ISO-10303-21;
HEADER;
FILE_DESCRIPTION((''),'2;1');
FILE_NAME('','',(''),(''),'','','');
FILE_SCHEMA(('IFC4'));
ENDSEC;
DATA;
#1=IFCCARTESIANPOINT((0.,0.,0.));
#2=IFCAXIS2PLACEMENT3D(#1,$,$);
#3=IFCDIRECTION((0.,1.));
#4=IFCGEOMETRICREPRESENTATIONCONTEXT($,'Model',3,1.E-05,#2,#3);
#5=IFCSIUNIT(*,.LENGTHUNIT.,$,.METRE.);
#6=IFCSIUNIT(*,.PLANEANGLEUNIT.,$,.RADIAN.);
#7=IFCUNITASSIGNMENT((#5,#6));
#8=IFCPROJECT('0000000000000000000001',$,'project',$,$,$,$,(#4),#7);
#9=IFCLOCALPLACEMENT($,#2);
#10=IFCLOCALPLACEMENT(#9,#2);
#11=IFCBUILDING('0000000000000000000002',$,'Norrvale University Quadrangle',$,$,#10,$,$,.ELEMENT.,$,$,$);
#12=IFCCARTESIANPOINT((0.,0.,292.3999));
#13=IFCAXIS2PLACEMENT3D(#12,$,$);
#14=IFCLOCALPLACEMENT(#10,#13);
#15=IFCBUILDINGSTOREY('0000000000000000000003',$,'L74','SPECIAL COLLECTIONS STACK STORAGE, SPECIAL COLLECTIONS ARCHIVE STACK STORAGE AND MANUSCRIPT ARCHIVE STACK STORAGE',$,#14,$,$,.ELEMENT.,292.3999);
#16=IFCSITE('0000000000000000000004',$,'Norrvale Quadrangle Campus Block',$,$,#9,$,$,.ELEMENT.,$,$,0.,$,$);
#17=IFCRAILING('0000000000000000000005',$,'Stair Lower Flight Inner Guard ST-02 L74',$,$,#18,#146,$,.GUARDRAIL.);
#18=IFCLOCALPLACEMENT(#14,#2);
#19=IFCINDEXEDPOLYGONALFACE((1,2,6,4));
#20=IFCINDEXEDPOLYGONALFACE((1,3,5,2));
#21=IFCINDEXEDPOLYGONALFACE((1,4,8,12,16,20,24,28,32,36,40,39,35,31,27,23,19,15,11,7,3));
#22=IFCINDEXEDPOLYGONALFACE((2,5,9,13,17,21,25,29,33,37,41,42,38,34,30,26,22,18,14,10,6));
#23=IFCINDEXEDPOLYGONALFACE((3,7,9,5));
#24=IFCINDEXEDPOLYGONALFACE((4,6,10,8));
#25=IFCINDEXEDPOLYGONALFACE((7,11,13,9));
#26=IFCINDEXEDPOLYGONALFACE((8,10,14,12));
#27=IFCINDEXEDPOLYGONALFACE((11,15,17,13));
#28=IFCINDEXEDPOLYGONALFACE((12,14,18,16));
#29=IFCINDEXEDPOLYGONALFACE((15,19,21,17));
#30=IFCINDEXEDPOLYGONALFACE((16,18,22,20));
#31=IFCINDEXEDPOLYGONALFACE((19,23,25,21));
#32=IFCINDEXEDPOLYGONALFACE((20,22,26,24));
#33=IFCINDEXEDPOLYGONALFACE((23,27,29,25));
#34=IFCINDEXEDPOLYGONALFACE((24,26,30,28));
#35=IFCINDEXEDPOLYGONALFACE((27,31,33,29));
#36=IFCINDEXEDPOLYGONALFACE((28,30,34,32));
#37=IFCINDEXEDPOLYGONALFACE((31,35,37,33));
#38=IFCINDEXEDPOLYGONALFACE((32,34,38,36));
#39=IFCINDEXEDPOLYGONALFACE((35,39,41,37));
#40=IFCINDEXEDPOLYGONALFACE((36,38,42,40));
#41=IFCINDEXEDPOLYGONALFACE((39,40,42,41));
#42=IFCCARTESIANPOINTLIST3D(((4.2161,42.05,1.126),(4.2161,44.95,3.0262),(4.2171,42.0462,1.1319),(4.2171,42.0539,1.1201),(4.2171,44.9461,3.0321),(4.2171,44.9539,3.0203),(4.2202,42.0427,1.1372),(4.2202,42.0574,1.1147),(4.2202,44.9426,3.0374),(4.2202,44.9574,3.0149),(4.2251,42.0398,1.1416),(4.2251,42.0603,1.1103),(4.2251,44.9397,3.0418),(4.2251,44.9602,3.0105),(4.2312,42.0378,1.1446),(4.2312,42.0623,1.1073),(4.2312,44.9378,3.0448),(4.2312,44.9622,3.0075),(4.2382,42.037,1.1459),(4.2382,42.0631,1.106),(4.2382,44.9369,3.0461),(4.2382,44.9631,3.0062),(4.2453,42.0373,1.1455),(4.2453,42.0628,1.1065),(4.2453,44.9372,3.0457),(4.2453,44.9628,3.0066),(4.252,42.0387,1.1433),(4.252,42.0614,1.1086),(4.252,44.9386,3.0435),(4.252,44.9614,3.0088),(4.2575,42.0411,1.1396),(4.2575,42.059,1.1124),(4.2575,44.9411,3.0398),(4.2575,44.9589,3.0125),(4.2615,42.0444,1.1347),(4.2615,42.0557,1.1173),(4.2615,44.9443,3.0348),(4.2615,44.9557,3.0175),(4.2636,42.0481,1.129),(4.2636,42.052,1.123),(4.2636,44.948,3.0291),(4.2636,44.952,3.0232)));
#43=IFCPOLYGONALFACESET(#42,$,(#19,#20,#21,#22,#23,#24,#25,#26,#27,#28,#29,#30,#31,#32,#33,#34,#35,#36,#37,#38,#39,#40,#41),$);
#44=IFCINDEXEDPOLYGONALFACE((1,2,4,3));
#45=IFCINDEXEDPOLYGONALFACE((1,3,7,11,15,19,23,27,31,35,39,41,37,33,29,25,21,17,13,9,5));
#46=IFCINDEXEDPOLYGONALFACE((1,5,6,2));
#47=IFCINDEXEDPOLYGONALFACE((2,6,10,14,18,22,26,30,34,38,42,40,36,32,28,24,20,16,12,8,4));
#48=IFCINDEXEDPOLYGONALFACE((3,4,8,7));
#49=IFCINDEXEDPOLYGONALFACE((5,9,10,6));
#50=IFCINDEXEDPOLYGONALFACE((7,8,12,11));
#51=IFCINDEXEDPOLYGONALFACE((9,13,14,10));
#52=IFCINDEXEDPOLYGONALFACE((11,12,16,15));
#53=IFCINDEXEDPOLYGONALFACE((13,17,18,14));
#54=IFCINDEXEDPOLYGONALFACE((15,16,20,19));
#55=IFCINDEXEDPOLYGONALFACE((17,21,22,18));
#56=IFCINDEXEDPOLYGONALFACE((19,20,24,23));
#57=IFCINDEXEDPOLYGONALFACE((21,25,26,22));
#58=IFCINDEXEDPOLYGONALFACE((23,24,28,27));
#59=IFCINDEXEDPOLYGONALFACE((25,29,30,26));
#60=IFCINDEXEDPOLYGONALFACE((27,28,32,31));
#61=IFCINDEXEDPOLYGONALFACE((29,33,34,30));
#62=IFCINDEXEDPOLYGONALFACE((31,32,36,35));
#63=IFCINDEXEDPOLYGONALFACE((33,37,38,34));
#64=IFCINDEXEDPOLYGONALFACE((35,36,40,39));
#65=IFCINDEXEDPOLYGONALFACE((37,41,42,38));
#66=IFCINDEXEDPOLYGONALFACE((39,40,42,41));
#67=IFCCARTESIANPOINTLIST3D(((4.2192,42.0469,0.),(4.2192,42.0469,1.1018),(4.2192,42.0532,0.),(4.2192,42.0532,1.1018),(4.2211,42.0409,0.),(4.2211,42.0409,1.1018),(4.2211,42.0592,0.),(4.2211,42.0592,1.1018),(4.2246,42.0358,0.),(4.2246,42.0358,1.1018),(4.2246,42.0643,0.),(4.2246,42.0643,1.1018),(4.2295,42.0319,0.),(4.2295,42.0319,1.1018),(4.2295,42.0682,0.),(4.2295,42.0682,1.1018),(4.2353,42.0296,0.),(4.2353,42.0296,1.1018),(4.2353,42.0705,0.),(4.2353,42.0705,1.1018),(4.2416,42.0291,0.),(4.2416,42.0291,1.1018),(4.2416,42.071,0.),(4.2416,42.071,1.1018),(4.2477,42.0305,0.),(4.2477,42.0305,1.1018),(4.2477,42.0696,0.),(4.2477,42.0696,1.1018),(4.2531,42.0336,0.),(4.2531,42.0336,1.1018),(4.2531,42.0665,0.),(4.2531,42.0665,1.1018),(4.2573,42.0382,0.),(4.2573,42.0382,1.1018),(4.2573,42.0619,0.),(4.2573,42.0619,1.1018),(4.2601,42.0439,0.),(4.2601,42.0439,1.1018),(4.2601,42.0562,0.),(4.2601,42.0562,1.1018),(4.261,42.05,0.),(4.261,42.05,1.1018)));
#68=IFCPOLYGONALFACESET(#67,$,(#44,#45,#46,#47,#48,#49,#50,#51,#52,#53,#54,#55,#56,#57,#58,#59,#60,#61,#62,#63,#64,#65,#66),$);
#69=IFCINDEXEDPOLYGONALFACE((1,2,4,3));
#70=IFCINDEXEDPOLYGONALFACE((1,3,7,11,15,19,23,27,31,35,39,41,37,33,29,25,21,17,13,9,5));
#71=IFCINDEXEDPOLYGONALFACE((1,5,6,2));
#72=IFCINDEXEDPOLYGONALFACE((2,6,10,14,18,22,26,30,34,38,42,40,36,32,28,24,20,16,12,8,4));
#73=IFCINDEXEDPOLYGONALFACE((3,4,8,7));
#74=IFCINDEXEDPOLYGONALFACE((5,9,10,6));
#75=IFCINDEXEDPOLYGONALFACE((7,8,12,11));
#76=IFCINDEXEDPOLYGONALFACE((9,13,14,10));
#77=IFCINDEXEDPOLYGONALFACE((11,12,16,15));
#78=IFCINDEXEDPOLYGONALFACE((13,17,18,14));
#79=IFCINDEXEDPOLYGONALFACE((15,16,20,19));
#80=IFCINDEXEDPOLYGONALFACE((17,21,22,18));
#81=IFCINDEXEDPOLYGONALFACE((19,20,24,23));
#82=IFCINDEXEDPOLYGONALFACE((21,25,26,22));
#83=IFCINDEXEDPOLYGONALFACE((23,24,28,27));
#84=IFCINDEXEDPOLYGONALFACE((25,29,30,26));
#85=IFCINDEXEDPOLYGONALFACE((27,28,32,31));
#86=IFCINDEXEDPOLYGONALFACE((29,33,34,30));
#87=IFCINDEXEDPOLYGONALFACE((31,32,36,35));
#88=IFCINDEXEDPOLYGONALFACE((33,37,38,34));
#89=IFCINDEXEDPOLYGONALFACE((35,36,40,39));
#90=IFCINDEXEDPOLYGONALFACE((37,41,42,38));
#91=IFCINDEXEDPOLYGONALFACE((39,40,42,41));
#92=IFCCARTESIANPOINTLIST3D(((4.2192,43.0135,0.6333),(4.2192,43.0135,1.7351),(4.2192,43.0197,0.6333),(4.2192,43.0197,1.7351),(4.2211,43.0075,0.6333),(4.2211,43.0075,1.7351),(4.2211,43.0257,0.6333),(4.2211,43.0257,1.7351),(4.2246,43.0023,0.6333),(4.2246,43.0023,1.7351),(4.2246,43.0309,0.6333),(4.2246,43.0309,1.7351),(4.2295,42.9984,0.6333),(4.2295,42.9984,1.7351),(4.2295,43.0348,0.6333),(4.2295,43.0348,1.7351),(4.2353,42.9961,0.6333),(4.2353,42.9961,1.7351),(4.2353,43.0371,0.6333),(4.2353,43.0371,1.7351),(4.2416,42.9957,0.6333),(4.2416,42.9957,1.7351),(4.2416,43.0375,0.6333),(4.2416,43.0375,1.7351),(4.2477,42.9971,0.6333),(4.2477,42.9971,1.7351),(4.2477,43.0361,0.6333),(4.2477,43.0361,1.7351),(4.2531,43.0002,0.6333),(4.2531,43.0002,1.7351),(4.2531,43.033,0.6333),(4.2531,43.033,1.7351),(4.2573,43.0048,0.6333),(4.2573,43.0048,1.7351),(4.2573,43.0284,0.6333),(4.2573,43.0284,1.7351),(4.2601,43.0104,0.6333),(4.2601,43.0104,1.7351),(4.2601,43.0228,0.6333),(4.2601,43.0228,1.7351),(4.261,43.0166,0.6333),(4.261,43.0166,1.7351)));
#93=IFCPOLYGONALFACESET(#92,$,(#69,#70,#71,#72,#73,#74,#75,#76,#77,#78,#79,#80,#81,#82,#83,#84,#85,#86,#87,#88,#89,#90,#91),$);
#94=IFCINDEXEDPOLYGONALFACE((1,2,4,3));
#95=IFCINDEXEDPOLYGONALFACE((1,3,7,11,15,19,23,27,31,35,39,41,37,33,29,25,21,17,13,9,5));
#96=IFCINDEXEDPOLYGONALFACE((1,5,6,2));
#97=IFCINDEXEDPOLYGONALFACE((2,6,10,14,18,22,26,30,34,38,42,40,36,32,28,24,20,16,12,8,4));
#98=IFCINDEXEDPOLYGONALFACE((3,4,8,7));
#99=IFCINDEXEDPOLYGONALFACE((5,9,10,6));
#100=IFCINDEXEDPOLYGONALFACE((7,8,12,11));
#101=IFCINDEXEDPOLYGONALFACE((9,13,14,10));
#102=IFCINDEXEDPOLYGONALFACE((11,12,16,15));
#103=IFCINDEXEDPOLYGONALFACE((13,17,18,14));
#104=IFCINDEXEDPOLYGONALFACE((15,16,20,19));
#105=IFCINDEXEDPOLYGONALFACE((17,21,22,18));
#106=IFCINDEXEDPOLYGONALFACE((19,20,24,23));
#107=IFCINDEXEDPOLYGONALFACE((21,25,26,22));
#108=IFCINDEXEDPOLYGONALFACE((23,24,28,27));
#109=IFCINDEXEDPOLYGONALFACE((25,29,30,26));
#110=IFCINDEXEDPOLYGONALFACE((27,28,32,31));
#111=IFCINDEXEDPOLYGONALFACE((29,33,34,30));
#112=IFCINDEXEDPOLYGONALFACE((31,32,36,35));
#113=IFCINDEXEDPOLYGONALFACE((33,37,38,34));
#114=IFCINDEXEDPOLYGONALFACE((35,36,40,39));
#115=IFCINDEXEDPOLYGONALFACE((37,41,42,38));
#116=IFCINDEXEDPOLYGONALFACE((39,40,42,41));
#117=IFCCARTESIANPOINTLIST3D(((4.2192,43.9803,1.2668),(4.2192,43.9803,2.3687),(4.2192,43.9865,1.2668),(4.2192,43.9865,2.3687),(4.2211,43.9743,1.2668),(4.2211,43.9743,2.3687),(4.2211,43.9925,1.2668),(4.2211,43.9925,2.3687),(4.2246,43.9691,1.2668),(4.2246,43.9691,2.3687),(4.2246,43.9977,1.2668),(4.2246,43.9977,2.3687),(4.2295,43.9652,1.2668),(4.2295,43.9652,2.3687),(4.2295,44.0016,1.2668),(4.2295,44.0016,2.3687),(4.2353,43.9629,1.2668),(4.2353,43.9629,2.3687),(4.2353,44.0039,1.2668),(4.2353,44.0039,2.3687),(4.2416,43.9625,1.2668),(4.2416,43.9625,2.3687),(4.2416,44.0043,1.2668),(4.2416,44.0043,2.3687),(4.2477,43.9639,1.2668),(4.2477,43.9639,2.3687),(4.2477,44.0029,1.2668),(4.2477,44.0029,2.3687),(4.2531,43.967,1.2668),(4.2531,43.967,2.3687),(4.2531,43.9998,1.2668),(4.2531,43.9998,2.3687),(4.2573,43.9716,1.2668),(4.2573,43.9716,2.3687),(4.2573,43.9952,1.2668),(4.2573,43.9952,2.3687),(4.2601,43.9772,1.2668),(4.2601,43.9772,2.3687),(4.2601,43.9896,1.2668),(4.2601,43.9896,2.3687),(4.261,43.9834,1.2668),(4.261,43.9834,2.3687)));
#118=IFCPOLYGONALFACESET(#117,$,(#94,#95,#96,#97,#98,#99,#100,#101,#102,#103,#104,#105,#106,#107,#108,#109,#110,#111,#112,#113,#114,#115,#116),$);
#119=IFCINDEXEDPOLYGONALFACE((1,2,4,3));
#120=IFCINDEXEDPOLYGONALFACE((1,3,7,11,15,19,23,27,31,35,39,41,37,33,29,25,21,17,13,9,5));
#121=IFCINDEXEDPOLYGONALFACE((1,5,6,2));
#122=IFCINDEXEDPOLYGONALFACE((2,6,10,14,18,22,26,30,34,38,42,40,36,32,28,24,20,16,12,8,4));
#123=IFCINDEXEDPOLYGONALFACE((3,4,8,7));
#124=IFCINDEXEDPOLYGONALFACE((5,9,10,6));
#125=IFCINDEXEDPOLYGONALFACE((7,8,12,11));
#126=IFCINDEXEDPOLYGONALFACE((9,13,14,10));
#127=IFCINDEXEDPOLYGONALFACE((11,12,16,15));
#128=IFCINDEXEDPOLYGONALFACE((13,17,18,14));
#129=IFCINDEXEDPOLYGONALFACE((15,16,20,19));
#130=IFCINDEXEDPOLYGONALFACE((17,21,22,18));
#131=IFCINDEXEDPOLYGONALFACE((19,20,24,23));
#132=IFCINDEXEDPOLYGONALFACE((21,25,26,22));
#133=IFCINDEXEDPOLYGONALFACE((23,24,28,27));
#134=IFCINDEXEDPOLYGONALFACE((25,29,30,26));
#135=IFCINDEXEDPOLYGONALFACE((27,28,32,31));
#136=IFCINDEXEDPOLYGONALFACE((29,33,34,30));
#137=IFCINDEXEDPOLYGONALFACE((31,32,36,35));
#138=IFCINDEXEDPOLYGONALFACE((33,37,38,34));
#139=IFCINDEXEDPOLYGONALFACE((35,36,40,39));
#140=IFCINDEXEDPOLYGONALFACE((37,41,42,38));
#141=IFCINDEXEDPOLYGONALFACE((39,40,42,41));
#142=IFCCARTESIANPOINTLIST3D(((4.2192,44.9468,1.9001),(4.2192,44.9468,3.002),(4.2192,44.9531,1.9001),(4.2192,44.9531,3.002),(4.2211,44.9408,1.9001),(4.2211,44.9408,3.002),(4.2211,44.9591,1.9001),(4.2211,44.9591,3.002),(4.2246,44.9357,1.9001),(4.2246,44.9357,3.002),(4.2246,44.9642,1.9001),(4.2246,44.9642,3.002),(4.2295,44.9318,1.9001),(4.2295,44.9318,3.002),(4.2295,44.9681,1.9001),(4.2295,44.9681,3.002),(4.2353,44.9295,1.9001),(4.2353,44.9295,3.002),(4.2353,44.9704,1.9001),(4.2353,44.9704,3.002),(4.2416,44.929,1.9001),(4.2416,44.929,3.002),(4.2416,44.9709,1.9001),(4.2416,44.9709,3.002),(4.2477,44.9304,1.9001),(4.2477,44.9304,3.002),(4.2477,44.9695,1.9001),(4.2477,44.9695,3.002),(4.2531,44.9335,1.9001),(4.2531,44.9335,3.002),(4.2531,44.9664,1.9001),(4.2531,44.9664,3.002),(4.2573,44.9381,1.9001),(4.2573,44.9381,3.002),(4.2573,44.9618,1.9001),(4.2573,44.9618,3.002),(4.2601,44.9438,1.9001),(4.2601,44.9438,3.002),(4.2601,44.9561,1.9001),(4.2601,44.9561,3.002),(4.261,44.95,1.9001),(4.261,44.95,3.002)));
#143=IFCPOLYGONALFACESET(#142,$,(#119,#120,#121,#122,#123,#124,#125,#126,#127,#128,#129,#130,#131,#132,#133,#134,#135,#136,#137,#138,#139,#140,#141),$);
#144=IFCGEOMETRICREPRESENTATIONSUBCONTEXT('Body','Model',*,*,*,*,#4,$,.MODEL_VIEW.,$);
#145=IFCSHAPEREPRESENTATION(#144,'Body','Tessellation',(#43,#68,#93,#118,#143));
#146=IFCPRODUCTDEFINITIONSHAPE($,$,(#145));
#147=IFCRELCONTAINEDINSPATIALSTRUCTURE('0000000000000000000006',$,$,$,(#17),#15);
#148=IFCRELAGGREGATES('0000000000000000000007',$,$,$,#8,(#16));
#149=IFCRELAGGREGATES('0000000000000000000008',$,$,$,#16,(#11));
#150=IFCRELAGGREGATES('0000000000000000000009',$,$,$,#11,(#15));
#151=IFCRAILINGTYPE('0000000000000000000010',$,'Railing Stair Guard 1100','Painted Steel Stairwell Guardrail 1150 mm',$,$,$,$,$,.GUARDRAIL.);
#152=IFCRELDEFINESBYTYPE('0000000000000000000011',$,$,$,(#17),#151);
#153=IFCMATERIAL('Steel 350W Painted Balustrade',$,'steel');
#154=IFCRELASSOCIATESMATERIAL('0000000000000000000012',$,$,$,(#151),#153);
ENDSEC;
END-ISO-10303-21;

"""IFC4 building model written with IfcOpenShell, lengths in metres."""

from ifc_helpers import new_model, si_unit, direction, frame, origin, origin_2d, place, context, subcontext, project, spatial, circle, extrude, material, type_object, element, save


model = new_model("IFC4")

# Units and contexts
model_context = context("Model", 3, precision=1e-05, world=origin(), true_north=direction((0.0, 1.0)))
body_context = subcontext(model_context, "Body", "Model", "MODEL_VIEW")
ifc_project = project(units=[si_unit("LENGTHUNIT", "METRE"), si_unit("PLANEANGLEUNIT", "RADIAN")], contexts=[model_context])

# Site, building, storey
site_placement = place(None, origin())
site = spatial("IfcSite", under=ifc_project, at=site_placement, Name="Norrvale Quadrangle Campus Block", CompositionType="ELEMENT", RefElevation=0.0)
building_placement = place(site_placement, origin())
building = spatial("IfcBuilding", under=site, at=building_placement, Name="Norrvale University Quadrangle", CompositionType="ELEMENT")
storey_placement = place(building_placement, frame((0.0, 0.0, 292.3999)))
storey = spatial("IfcBuildingStorey", under=building, at=storey_placement, Name="L74", Description="SPECIAL COLLECTIONS STACK STORAGE, SPECIAL COLLECTIONS ARCHIVE STACK STORAGE AND MANUSCRIPT ARCHIVE STACK STORAGE", CompositionType="ELEMENT", Elevation=292.3999)

# Railing
ifc_material_1 = material(Name="Steel 350W Painted Balustrade", Category="steel")
railing_type_1 = type_object("IfcRailingType", Name="Railing Stair Guard 1100", Description="Painted Steel Stairwell Guardrail 1150 mm", PredefinedType="GUARDRAIL", material=ifc_material_1)
railing_1_placement = place(storey_placement, frame((4.24, 42.05, 0.0)))
element("IfcRailing", 1, at=railing_1_placement, inside=storey, type_object=railing_type_1, Name="Stair Lower Flight Inner Guard ST-02 L74", PredefinedType="GUARDRAIL", context=body_context, shape_type="SweptSolid", body=[
    extrude(circle(Radius=0.0239, at=origin_2d()), frame((0.0, 0.0, 1.126), z_axis=(0.0, 0.836433, 0.548069), x_axis=(-1.0, 0.0, 0.0)), (0.0, 0.0, 1.0), 3.467),
    extrude(circle(Radius=0.021, at=origin_2d()), origin(), (0.0, 0.0, 1.0), 1.1018),
    extrude(circle(Radius=0.021, at=origin_2d()), frame((0.0, 0.9666, 0.6333)), (0.0, 0.0, 1.0), 1.1018),
    extrude(circle(Radius=0.021, at=origin_2d()), frame((0.0, 1.9333, 1.2668)), (0.0, 0.0, 1.0), 1.1018),
    extrude(circle(Radius=0.021, at=origin_2d()), frame((0.0, 2.8999, 1.9001)), (0.0, 0.0, 1.0), 1.1018),
])

save(model, "model.ifc")
